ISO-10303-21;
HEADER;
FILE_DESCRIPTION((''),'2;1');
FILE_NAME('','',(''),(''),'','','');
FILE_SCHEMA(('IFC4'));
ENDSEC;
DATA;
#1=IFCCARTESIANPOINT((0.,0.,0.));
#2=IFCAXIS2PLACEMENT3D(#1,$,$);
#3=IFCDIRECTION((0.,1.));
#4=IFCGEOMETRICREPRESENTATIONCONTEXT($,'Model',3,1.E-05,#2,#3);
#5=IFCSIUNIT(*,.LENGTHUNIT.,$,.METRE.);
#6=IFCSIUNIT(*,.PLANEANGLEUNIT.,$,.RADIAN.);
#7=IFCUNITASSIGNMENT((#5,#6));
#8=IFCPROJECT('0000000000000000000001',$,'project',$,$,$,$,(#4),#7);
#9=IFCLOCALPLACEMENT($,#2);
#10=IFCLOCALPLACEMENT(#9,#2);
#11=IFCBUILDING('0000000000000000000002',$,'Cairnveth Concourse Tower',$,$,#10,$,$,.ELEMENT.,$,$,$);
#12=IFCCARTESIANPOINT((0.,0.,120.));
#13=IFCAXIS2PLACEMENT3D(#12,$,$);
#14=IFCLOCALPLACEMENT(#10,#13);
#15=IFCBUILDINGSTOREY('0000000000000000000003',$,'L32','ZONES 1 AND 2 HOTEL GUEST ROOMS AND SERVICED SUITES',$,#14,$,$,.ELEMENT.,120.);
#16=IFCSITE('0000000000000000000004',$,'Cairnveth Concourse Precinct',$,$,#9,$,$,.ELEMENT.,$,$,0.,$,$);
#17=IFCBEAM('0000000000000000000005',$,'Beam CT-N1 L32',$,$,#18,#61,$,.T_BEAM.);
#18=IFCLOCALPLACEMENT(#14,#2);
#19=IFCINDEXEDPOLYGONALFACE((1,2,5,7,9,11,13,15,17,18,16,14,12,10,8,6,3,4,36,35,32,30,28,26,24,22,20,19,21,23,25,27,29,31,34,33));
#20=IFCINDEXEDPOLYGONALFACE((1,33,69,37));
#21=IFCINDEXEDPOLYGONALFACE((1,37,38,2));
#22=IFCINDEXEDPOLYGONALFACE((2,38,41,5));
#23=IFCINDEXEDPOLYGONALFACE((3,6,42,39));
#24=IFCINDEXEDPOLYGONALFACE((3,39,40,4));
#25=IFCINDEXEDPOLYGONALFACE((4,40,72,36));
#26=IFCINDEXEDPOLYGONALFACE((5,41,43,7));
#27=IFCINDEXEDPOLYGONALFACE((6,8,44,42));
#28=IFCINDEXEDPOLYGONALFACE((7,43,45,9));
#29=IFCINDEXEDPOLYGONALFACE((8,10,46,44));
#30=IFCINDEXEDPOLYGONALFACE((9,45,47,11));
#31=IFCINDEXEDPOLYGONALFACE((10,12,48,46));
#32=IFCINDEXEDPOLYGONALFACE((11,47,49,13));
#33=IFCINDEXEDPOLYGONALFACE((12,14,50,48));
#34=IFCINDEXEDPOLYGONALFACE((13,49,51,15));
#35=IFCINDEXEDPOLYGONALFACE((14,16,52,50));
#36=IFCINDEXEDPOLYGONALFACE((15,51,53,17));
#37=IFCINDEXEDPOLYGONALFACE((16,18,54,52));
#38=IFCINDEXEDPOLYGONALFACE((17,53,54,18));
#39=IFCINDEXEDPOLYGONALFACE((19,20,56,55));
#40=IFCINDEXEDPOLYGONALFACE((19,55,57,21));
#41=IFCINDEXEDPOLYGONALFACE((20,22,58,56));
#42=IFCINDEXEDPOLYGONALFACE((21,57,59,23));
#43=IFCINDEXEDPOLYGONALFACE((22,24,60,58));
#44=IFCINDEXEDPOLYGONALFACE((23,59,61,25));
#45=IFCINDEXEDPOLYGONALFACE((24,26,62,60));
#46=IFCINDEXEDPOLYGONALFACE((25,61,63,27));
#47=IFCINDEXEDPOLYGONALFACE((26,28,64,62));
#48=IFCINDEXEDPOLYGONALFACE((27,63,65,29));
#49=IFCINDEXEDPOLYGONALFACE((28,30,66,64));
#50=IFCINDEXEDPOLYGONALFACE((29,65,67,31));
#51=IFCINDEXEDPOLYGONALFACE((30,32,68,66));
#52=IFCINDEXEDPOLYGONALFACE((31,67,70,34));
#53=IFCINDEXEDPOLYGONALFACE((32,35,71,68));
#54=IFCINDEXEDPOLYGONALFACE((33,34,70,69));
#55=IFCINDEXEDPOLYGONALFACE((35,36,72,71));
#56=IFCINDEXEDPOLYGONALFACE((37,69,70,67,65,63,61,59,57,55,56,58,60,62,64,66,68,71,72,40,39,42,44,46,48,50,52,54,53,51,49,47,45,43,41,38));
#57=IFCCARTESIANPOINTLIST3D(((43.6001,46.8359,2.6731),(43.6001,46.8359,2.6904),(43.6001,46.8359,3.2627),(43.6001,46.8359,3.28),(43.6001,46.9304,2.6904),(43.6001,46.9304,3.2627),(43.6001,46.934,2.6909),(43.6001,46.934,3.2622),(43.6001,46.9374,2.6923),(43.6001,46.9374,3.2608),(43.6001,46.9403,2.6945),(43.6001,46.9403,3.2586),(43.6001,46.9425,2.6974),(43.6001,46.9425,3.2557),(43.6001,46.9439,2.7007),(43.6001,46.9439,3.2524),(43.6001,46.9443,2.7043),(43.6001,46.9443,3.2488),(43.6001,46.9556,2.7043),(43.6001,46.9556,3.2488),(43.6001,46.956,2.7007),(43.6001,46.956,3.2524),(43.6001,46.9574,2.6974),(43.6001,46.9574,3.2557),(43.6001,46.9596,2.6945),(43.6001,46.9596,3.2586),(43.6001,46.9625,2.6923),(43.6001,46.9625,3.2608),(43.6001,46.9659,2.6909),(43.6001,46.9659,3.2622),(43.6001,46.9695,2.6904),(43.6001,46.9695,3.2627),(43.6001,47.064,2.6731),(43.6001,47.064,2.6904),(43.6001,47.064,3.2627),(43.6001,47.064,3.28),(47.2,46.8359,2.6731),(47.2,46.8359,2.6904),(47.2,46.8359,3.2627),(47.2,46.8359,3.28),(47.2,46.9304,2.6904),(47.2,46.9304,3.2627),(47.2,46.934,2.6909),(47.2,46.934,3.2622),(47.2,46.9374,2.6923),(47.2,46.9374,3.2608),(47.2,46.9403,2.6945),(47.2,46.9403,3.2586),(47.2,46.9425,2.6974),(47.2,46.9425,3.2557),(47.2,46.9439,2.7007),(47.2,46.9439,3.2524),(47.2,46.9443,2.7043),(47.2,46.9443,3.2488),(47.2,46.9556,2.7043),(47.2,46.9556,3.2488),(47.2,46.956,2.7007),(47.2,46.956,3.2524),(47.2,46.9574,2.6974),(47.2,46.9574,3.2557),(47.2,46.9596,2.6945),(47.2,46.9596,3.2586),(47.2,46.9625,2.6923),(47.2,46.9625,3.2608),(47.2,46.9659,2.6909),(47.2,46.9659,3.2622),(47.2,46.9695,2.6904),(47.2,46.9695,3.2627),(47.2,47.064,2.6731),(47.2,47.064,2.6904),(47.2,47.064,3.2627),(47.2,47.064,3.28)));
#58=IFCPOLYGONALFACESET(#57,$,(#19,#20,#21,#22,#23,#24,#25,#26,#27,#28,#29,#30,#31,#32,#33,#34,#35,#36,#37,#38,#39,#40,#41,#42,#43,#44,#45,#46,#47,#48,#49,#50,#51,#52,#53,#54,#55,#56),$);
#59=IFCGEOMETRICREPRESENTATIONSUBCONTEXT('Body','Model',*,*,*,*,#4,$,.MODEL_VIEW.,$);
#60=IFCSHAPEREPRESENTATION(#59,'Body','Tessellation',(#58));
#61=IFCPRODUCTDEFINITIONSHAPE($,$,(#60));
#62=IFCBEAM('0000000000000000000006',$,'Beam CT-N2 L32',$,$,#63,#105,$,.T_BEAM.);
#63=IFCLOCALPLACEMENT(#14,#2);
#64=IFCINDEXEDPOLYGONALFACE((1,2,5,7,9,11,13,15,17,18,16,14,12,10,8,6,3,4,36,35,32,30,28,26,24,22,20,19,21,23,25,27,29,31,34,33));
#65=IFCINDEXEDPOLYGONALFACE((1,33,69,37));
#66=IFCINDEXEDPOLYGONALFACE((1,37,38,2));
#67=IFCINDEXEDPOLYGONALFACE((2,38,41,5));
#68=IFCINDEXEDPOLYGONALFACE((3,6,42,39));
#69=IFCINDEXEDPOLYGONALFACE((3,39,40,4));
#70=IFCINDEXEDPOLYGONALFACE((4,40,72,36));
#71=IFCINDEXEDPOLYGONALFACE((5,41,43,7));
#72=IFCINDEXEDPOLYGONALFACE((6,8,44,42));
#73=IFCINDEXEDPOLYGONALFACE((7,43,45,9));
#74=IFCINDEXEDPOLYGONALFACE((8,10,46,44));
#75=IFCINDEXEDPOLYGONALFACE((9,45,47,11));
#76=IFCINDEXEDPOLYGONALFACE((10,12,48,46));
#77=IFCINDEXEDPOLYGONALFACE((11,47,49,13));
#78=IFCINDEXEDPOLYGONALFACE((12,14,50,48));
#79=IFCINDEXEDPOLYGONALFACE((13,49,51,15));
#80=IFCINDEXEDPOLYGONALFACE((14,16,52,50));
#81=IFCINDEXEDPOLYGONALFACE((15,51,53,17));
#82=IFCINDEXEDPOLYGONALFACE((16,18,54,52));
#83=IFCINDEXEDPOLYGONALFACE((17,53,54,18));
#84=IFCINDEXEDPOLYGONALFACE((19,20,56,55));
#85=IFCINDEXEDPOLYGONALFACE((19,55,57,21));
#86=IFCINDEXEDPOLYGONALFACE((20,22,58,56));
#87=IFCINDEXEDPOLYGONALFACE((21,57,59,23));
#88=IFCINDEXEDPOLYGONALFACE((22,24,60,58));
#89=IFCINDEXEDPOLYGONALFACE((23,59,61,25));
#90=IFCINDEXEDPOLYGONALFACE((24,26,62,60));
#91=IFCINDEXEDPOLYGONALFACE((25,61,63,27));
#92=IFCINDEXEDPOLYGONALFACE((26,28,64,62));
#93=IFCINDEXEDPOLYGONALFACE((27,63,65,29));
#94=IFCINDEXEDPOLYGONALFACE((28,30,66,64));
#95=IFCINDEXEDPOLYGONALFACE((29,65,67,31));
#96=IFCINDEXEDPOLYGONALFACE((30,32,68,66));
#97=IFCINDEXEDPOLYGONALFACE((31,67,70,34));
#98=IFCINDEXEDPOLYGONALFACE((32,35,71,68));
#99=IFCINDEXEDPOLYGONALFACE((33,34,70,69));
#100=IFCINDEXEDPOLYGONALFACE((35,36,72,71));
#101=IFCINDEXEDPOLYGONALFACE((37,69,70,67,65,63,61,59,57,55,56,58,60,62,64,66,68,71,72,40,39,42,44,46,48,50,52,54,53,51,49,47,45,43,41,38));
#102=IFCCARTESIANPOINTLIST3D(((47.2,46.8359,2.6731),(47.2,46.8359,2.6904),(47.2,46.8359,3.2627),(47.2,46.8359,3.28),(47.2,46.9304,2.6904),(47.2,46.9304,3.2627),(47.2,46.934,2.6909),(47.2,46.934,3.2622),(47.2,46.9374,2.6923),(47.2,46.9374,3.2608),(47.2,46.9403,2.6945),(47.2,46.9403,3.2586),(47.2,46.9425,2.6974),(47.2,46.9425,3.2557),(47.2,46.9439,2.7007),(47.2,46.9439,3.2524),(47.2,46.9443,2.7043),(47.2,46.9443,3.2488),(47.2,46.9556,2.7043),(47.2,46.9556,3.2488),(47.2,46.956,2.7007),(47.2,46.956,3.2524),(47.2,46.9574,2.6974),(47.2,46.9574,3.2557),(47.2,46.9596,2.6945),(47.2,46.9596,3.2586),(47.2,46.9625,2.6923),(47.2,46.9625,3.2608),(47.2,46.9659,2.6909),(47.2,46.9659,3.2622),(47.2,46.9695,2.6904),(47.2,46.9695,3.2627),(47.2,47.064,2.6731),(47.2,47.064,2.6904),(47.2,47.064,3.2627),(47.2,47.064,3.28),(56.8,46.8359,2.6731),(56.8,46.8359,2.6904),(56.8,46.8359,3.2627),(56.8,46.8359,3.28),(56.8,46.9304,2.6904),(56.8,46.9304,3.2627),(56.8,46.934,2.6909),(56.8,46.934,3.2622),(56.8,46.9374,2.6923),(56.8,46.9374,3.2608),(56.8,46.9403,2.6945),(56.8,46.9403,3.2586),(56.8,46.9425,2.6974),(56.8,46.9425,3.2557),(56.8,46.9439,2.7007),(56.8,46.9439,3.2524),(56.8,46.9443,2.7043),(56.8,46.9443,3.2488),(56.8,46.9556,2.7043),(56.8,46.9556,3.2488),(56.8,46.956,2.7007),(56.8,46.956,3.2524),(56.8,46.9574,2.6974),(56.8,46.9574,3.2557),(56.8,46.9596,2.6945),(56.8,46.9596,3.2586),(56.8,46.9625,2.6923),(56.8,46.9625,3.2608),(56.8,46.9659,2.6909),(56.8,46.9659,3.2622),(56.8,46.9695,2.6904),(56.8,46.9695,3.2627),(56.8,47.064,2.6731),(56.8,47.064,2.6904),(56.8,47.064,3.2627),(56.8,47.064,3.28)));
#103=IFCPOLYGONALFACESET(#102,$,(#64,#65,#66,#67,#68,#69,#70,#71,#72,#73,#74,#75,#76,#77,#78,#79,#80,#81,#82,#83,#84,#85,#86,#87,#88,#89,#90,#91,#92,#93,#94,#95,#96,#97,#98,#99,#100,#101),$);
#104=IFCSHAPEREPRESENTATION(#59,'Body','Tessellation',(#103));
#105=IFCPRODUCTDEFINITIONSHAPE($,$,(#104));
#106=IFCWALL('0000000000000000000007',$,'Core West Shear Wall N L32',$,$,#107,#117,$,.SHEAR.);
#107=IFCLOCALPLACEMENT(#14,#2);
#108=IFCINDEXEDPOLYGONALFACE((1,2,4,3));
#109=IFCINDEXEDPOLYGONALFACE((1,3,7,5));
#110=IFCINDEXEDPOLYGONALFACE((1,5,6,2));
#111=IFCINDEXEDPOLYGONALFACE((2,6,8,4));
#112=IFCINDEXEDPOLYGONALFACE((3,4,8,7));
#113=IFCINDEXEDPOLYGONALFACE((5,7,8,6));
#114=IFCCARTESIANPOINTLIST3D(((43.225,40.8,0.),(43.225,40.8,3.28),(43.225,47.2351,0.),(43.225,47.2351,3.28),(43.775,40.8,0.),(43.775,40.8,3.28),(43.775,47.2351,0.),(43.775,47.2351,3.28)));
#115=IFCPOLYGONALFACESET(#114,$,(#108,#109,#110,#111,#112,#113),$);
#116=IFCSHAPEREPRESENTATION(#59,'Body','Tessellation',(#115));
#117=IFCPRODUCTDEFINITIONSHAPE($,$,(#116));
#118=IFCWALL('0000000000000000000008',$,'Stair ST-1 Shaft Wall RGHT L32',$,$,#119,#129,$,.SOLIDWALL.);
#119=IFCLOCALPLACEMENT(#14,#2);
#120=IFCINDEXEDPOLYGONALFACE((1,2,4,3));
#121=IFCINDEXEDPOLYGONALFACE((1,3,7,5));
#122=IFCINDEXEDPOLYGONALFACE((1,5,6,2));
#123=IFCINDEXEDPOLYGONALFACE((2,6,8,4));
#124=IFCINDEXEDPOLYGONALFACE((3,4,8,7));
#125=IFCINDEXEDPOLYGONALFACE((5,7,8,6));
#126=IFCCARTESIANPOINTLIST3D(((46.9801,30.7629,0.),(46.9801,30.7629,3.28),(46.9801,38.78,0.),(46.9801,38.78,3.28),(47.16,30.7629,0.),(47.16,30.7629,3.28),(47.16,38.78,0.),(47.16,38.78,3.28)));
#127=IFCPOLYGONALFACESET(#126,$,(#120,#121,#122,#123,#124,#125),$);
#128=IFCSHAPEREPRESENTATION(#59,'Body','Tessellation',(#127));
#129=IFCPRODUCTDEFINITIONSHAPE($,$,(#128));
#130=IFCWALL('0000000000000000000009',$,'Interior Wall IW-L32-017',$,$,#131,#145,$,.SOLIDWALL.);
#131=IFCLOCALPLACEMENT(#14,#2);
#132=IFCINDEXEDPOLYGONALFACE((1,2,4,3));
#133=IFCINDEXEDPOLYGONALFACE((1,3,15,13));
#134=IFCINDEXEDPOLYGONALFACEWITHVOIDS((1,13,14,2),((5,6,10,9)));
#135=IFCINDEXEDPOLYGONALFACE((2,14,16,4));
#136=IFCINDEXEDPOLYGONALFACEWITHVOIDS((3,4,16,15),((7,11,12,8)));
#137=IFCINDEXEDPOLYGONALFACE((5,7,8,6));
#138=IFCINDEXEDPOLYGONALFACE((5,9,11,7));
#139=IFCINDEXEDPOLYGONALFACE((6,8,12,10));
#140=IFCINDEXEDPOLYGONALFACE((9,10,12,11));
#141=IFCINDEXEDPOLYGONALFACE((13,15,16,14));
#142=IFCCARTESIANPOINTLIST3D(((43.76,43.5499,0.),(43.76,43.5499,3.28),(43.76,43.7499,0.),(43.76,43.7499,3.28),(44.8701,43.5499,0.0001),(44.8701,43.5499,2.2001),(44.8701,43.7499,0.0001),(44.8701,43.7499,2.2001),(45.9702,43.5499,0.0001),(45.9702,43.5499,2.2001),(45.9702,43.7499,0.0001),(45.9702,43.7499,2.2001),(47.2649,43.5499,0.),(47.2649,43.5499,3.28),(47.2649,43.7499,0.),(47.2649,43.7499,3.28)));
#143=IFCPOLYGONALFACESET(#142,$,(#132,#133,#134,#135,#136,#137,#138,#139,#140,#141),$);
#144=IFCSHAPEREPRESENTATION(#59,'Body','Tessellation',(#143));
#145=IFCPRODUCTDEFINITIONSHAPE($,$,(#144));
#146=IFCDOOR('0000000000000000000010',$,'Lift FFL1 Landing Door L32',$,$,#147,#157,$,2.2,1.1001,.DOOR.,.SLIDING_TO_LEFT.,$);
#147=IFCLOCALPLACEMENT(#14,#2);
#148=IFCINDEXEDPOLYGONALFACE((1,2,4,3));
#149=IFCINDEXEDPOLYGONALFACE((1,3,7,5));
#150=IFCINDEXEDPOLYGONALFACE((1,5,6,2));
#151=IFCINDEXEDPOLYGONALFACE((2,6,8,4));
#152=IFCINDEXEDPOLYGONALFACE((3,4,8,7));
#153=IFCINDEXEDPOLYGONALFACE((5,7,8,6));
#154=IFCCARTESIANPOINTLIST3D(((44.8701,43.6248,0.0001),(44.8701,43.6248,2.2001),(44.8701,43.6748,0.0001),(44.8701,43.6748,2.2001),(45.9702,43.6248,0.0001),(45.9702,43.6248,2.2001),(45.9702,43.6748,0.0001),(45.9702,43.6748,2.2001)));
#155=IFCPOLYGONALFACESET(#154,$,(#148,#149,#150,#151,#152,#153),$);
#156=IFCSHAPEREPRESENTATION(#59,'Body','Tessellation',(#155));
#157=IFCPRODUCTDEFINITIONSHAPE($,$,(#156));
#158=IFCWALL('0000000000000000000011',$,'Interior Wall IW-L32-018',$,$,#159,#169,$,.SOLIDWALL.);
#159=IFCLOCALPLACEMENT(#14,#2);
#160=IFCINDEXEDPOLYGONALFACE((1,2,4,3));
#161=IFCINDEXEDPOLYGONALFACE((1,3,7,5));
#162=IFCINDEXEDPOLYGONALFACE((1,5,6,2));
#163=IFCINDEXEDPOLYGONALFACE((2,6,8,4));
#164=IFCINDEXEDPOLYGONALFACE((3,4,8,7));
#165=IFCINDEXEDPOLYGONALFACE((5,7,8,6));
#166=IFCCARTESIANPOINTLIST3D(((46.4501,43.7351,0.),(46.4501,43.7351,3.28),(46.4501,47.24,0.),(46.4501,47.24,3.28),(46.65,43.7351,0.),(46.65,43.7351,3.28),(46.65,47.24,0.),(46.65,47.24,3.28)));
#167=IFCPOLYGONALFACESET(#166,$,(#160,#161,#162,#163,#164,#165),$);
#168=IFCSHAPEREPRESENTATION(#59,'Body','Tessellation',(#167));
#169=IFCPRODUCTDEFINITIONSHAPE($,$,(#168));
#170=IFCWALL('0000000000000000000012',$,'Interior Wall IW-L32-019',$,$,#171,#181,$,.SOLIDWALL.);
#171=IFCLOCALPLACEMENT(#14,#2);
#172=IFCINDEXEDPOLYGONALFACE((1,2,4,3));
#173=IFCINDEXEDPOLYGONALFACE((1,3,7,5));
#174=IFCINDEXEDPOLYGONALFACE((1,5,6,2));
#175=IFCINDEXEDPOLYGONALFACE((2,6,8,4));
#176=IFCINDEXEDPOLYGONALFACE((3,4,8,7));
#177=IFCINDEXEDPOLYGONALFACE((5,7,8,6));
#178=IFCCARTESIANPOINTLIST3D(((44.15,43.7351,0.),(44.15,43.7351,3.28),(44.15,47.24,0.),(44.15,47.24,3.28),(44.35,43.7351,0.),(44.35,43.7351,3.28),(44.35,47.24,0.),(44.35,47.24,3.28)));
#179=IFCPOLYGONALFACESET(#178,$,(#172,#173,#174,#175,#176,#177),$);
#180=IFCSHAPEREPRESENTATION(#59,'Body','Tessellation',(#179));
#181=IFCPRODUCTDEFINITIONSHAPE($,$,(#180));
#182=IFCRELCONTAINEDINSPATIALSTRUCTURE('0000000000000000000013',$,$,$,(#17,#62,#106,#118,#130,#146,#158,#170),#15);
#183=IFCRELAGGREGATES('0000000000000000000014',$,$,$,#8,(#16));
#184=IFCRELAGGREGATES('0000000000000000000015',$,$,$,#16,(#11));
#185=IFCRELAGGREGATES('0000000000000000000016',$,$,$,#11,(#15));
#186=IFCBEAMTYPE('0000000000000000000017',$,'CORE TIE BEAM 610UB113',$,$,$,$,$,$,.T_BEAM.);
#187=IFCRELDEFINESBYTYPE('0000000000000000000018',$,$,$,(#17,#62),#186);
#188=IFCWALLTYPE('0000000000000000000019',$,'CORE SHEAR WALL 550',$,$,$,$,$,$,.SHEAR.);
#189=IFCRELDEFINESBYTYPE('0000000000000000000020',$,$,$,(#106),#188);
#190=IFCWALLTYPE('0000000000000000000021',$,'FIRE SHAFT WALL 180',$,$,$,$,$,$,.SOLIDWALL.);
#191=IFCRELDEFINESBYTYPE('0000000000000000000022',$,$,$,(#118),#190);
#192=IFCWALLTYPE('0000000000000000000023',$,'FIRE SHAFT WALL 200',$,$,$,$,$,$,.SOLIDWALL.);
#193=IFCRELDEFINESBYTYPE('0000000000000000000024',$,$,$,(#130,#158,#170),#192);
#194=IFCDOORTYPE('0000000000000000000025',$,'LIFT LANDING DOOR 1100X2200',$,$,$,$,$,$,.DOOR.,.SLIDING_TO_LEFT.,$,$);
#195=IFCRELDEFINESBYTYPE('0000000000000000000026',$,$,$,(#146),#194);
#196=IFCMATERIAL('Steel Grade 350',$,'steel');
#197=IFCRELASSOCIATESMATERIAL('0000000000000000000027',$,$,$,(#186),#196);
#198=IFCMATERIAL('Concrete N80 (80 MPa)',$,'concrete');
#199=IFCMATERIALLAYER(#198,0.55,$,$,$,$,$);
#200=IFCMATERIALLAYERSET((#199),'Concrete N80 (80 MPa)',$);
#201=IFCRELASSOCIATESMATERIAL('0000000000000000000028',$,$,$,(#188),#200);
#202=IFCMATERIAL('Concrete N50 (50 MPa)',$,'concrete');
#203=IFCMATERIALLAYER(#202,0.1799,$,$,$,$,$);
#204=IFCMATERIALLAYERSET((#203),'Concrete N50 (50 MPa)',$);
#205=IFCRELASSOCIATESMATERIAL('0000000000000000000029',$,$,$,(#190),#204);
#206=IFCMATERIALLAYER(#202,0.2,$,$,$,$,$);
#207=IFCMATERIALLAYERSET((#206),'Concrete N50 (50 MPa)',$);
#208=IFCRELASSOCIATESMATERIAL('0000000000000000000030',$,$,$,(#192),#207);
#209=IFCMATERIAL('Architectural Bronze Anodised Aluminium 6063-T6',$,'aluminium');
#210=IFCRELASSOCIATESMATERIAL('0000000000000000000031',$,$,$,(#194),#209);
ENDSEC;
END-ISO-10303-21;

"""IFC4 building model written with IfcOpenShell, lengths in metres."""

from ifc_helpers import new_model, si_unit, direction, frame, frame_2d, origin, origin_2d, place, context, subcontext, project, spatial, rectangle, i_section, extrude, material, layer, layer_set, material_profile, profile_set, type_object, element, fill, save


model = new_model("IFC4")

# Units and contexts
model_context = context("Model", 3, precision=1e-05, world=origin(), true_north=direction((0.0, 1.0)))
body_context = subcontext(model_context, "Body", "Model", "MODEL_VIEW")
ifc_project = project(units=[si_unit("LENGTHUNIT", "METRE"), si_unit("PLANEANGLEUNIT", "RADIAN")], contexts=[model_context])

# Site, building, storey
site_placement = place(None, origin())
site = spatial("IfcSite", under=ifc_project, at=site_placement, Name="Cairnveth Concourse Precinct", CompositionType="ELEMENT", RefElevation=0.0)
building_placement = place(site_placement, origin())
building = spatial("IfcBuilding", under=site, at=building_placement, Name="Cairnveth Concourse Tower", CompositionType="ELEMENT")
storey_placement = place(building_placement, frame((0.0, 0.0, 120.0)))
storey = spatial("IfcBuildingStorey", under=building, at=storey_placement, Name="L32", Description="ZONES 1 AND 2 HOTEL GUEST ROOMS AND SERVICED SUITES", CompositionType="ELEMENT", Elevation=120.0)

# Beams
ifc_material_1 = material(Name="Steel Grade 350", Category="steel")
ifc_material_profile = material_profile(ifc_material_1, i_section(OverallWidth=0.228, OverallDepth=0.6069, WebThickness=0.0112, FlangeThickness=0.0173, FilletRadius=0.0139, at=origin_2d()), Name="610UB113")
ifc_profile_set = profile_set([ifc_material_profile], Name="Steel Grade 350")
beam_type = type_object("IfcBeamType", Name="CORE TIE BEAM 610UB113", PredefinedType="T_BEAM", material=ifc_profile_set)
beam_1_placement = place(storey_placement, frame((43.6001, 46.95, 2.9766), z_axis=(1.0, 0.0, 0.0), x_axis=(0.0, 1.0, 0.0)))
element("IfcBeam", 1, at=beam_1_placement, inside=storey, type_object=beam_type, Name="Beam CT-N1 L32", PredefinedType="T_BEAM", context=body_context, shape_type="SweptSolid", body=[
    extrude(i_section(OverallWidth=0.228, OverallDepth=0.6069, WebThickness=0.0112, FlangeThickness=0.0173, FilletRadius=0.0139, at=origin_2d()), origin(), (0.0, 0.0, 1.0), 3.5999),
])
beam_2_placement = place(storey_placement, frame((47.2, 46.95, 2.9766), z_axis=(1.0, 0.0, 0.0), x_axis=(0.0, 1.0, 0.0)))
element("IfcBeam", 2, at=beam_2_placement, inside=storey, type_object=beam_type, Name="Beam CT-N2 L32", PredefinedType="T_BEAM", context=body_context, shape_type="SweptSolid", body=[
    extrude(i_section(OverallWidth=0.228, OverallDepth=0.6069, WebThickness=0.0112, FlangeThickness=0.0173, FilletRadius=0.0139, at=origin_2d()), origin(), (0.0, 0.0, 1.0), 9.6001),
])

# Wall
ifc_material_2 = material(Name="Concrete N80 (80 MPa)", Category="concrete")
ifc_layer_1 = layer(ifc_material_2, 0.55)
ifc_layer_set_1 = layer_set([ifc_layer_1], Name="Concrete N80 (80 MPa)")
wall_type_1 = type_object("IfcWallType", Name="CORE SHEAR WALL 550", PredefinedType="SHEAR", material=ifc_layer_set_1)
wall_1_placement = place(storey_placement, frame((43.5, 40.8, 0.0), z_axis=(0.0, 0.0, 1.0), x_axis=(0.0, 1.0, 0.0)))
element("IfcWall", 3, at=wall_1_placement, inside=storey, type_object=wall_type_1, Name="Core West Shear Wall N L32", PredefinedType="SHEAR", context=body_context, shape_type="SweptSolid", body=[
    extrude(rectangle(XDim=6.4351, YDim=0.55, at=frame_2d((3.2175, 0.0))), origin(), (0.0, 0.0, 1.0), 3.28),
])

# Shared definitions
ifc_material_3 = material(Name="Concrete N50 (50 MPa)", Category="concrete")
ifc_layer_2 = layer(ifc_material_3, 0.1799)
ifc_layer_set_2 = layer_set([ifc_layer_2], Name="Concrete N50 (50 MPa)")
wall_type_2 = type_object("IfcWallType", Name="FIRE SHAFT WALL 180", PredefinedType="SOLIDWALL", material=ifc_layer_set_2)

# Wall
wall_2_placement = place(storey_placement, frame((47.0701, 38.78, 0.0), z_axis=(0.0, 0.0, 1.0), x_axis=(0.0, -1.0, 0.0)))
element("IfcWall", 4, at=wall_2_placement, inside=storey, type_object=wall_type_2, Name="Stair ST-1 Shaft Wall RGHT L32", PredefinedType="SOLIDWALL", context=body_context, shape_type="SweptSolid", body=[
    extrude(rectangle(XDim=8.0171, YDim=0.1799, at=frame_2d((4.0085, 0.0))), origin(), (0.0, 0.0, 1.0), 3.28),
])

# Wall, opening, door
ifc_layer_3 = layer(ifc_material_3, 0.2)
ifc_layer_set_3 = layer_set([ifc_layer_3], Name="Concrete N50 (50 MPa)")
wall_type_3 = type_object("IfcWallType", Name="FIRE SHAFT WALL 200", PredefinedType="SOLIDWALL", material=ifc_layer_set_3)
wall_3_placement = place(storey_placement, frame((43.76, 43.6499, 0.0), z_axis=(0.0, 0.0, 1.0), x_axis=(1.0, 0.0, 0.0)))
wall_3 = element("IfcWall", 5, at=wall_3_placement, inside=storey, type_object=wall_type_3, Name="Interior Wall IW-L32-017", PredefinedType="SOLIDWALL", context=body_context, shape_type="SweptSolid", body=[
    extrude(rectangle(XDim=3.5049, YDim=0.2, at=frame_2d((1.7524, 0.0))), origin(), (0.0, 0.0, 1.0), 3.28),
])
opening_1_placement = place(wall_3_placement, frame((1.1101, 0.0, 0.0)))
opening_1 = element("IfcOpeningElement", 6, at=opening_1_placement, cuts=wall_3, PredefinedType="OPENING", context=body_context, shape_type="SweptSolid", body=[
    extrude(rectangle(XDim=1.1001, YDim=2.2, at=frame_2d((0.55, 1.1001))), frame((0.0, 0.1099, 0.0), z_axis=(0.0, -1.0, 0.0), x_axis=(1.0, 0.0, 0.0)), (0.0, 0.0, 1.0), 0.22),
])
ifc_material_4 = material(Name="Architectural Bronze Anodised Aluminium 6063-T6", Category="aluminium")
door_type_1 = type_object("IfcDoorType", Name="LIFT LANDING DOOR 1100X2200", OperationType="SLIDING_TO_LEFT", PredefinedType="DOOR", material=ifc_material_4)
door_1_placement = place(opening_1_placement, origin())
door_1 = element("IfcDoor", 7, at=door_1_placement, inside=storey, type_object=door_type_1, Name="Lift FFL1 Landing Door L32", OperationType="SLIDING_TO_LEFT", OverallHeight=2.2, OverallWidth=1.1001, PredefinedType="DOOR", context=body_context, shape_type="SweptSolid", body=[
    extrude(rectangle(XDim=1.1001, YDim=2.2, at=frame_2d((0.55, 1.1001))), frame((0.0, 0.0249, 0.0), z_axis=(0.0, -1.0, 0.0), x_axis=(1.0, 0.0, 0.0)), (0.0, 0.0, 1.0), 0.05),
])
fill(opening_1, door_1)

# Walls
for number, where, z_axis, x_axis, name in (
    (8, (46.55, 43.7351, 0.0), (0.0, 0.0, 1.0), (0.0, 1.0, 0.0), "Interior Wall IW-L32-018"),
    (9, (44.25, 43.7351, 0.0), (0.0, 0.0, 1.0), (0.0, 1.0, 0.0), "Interior Wall IW-L32-019"),
):
    element("IfcWall", number, at=place(storey_placement, frame(where, z_axis=z_axis, x_axis=x_axis)), inside=storey, type_object=wall_type_3, Name=name, PredefinedType="SOLIDWALL", context=body_context, shape_type="SweptSolid", body=[
        extrude(rectangle(XDim=3.5049, YDim=0.2, at=frame_2d((1.7524, 0.0))), origin(), (0.0, 0.0, 1.0), 3.28),
    ])

save(model, "model.ifc")
